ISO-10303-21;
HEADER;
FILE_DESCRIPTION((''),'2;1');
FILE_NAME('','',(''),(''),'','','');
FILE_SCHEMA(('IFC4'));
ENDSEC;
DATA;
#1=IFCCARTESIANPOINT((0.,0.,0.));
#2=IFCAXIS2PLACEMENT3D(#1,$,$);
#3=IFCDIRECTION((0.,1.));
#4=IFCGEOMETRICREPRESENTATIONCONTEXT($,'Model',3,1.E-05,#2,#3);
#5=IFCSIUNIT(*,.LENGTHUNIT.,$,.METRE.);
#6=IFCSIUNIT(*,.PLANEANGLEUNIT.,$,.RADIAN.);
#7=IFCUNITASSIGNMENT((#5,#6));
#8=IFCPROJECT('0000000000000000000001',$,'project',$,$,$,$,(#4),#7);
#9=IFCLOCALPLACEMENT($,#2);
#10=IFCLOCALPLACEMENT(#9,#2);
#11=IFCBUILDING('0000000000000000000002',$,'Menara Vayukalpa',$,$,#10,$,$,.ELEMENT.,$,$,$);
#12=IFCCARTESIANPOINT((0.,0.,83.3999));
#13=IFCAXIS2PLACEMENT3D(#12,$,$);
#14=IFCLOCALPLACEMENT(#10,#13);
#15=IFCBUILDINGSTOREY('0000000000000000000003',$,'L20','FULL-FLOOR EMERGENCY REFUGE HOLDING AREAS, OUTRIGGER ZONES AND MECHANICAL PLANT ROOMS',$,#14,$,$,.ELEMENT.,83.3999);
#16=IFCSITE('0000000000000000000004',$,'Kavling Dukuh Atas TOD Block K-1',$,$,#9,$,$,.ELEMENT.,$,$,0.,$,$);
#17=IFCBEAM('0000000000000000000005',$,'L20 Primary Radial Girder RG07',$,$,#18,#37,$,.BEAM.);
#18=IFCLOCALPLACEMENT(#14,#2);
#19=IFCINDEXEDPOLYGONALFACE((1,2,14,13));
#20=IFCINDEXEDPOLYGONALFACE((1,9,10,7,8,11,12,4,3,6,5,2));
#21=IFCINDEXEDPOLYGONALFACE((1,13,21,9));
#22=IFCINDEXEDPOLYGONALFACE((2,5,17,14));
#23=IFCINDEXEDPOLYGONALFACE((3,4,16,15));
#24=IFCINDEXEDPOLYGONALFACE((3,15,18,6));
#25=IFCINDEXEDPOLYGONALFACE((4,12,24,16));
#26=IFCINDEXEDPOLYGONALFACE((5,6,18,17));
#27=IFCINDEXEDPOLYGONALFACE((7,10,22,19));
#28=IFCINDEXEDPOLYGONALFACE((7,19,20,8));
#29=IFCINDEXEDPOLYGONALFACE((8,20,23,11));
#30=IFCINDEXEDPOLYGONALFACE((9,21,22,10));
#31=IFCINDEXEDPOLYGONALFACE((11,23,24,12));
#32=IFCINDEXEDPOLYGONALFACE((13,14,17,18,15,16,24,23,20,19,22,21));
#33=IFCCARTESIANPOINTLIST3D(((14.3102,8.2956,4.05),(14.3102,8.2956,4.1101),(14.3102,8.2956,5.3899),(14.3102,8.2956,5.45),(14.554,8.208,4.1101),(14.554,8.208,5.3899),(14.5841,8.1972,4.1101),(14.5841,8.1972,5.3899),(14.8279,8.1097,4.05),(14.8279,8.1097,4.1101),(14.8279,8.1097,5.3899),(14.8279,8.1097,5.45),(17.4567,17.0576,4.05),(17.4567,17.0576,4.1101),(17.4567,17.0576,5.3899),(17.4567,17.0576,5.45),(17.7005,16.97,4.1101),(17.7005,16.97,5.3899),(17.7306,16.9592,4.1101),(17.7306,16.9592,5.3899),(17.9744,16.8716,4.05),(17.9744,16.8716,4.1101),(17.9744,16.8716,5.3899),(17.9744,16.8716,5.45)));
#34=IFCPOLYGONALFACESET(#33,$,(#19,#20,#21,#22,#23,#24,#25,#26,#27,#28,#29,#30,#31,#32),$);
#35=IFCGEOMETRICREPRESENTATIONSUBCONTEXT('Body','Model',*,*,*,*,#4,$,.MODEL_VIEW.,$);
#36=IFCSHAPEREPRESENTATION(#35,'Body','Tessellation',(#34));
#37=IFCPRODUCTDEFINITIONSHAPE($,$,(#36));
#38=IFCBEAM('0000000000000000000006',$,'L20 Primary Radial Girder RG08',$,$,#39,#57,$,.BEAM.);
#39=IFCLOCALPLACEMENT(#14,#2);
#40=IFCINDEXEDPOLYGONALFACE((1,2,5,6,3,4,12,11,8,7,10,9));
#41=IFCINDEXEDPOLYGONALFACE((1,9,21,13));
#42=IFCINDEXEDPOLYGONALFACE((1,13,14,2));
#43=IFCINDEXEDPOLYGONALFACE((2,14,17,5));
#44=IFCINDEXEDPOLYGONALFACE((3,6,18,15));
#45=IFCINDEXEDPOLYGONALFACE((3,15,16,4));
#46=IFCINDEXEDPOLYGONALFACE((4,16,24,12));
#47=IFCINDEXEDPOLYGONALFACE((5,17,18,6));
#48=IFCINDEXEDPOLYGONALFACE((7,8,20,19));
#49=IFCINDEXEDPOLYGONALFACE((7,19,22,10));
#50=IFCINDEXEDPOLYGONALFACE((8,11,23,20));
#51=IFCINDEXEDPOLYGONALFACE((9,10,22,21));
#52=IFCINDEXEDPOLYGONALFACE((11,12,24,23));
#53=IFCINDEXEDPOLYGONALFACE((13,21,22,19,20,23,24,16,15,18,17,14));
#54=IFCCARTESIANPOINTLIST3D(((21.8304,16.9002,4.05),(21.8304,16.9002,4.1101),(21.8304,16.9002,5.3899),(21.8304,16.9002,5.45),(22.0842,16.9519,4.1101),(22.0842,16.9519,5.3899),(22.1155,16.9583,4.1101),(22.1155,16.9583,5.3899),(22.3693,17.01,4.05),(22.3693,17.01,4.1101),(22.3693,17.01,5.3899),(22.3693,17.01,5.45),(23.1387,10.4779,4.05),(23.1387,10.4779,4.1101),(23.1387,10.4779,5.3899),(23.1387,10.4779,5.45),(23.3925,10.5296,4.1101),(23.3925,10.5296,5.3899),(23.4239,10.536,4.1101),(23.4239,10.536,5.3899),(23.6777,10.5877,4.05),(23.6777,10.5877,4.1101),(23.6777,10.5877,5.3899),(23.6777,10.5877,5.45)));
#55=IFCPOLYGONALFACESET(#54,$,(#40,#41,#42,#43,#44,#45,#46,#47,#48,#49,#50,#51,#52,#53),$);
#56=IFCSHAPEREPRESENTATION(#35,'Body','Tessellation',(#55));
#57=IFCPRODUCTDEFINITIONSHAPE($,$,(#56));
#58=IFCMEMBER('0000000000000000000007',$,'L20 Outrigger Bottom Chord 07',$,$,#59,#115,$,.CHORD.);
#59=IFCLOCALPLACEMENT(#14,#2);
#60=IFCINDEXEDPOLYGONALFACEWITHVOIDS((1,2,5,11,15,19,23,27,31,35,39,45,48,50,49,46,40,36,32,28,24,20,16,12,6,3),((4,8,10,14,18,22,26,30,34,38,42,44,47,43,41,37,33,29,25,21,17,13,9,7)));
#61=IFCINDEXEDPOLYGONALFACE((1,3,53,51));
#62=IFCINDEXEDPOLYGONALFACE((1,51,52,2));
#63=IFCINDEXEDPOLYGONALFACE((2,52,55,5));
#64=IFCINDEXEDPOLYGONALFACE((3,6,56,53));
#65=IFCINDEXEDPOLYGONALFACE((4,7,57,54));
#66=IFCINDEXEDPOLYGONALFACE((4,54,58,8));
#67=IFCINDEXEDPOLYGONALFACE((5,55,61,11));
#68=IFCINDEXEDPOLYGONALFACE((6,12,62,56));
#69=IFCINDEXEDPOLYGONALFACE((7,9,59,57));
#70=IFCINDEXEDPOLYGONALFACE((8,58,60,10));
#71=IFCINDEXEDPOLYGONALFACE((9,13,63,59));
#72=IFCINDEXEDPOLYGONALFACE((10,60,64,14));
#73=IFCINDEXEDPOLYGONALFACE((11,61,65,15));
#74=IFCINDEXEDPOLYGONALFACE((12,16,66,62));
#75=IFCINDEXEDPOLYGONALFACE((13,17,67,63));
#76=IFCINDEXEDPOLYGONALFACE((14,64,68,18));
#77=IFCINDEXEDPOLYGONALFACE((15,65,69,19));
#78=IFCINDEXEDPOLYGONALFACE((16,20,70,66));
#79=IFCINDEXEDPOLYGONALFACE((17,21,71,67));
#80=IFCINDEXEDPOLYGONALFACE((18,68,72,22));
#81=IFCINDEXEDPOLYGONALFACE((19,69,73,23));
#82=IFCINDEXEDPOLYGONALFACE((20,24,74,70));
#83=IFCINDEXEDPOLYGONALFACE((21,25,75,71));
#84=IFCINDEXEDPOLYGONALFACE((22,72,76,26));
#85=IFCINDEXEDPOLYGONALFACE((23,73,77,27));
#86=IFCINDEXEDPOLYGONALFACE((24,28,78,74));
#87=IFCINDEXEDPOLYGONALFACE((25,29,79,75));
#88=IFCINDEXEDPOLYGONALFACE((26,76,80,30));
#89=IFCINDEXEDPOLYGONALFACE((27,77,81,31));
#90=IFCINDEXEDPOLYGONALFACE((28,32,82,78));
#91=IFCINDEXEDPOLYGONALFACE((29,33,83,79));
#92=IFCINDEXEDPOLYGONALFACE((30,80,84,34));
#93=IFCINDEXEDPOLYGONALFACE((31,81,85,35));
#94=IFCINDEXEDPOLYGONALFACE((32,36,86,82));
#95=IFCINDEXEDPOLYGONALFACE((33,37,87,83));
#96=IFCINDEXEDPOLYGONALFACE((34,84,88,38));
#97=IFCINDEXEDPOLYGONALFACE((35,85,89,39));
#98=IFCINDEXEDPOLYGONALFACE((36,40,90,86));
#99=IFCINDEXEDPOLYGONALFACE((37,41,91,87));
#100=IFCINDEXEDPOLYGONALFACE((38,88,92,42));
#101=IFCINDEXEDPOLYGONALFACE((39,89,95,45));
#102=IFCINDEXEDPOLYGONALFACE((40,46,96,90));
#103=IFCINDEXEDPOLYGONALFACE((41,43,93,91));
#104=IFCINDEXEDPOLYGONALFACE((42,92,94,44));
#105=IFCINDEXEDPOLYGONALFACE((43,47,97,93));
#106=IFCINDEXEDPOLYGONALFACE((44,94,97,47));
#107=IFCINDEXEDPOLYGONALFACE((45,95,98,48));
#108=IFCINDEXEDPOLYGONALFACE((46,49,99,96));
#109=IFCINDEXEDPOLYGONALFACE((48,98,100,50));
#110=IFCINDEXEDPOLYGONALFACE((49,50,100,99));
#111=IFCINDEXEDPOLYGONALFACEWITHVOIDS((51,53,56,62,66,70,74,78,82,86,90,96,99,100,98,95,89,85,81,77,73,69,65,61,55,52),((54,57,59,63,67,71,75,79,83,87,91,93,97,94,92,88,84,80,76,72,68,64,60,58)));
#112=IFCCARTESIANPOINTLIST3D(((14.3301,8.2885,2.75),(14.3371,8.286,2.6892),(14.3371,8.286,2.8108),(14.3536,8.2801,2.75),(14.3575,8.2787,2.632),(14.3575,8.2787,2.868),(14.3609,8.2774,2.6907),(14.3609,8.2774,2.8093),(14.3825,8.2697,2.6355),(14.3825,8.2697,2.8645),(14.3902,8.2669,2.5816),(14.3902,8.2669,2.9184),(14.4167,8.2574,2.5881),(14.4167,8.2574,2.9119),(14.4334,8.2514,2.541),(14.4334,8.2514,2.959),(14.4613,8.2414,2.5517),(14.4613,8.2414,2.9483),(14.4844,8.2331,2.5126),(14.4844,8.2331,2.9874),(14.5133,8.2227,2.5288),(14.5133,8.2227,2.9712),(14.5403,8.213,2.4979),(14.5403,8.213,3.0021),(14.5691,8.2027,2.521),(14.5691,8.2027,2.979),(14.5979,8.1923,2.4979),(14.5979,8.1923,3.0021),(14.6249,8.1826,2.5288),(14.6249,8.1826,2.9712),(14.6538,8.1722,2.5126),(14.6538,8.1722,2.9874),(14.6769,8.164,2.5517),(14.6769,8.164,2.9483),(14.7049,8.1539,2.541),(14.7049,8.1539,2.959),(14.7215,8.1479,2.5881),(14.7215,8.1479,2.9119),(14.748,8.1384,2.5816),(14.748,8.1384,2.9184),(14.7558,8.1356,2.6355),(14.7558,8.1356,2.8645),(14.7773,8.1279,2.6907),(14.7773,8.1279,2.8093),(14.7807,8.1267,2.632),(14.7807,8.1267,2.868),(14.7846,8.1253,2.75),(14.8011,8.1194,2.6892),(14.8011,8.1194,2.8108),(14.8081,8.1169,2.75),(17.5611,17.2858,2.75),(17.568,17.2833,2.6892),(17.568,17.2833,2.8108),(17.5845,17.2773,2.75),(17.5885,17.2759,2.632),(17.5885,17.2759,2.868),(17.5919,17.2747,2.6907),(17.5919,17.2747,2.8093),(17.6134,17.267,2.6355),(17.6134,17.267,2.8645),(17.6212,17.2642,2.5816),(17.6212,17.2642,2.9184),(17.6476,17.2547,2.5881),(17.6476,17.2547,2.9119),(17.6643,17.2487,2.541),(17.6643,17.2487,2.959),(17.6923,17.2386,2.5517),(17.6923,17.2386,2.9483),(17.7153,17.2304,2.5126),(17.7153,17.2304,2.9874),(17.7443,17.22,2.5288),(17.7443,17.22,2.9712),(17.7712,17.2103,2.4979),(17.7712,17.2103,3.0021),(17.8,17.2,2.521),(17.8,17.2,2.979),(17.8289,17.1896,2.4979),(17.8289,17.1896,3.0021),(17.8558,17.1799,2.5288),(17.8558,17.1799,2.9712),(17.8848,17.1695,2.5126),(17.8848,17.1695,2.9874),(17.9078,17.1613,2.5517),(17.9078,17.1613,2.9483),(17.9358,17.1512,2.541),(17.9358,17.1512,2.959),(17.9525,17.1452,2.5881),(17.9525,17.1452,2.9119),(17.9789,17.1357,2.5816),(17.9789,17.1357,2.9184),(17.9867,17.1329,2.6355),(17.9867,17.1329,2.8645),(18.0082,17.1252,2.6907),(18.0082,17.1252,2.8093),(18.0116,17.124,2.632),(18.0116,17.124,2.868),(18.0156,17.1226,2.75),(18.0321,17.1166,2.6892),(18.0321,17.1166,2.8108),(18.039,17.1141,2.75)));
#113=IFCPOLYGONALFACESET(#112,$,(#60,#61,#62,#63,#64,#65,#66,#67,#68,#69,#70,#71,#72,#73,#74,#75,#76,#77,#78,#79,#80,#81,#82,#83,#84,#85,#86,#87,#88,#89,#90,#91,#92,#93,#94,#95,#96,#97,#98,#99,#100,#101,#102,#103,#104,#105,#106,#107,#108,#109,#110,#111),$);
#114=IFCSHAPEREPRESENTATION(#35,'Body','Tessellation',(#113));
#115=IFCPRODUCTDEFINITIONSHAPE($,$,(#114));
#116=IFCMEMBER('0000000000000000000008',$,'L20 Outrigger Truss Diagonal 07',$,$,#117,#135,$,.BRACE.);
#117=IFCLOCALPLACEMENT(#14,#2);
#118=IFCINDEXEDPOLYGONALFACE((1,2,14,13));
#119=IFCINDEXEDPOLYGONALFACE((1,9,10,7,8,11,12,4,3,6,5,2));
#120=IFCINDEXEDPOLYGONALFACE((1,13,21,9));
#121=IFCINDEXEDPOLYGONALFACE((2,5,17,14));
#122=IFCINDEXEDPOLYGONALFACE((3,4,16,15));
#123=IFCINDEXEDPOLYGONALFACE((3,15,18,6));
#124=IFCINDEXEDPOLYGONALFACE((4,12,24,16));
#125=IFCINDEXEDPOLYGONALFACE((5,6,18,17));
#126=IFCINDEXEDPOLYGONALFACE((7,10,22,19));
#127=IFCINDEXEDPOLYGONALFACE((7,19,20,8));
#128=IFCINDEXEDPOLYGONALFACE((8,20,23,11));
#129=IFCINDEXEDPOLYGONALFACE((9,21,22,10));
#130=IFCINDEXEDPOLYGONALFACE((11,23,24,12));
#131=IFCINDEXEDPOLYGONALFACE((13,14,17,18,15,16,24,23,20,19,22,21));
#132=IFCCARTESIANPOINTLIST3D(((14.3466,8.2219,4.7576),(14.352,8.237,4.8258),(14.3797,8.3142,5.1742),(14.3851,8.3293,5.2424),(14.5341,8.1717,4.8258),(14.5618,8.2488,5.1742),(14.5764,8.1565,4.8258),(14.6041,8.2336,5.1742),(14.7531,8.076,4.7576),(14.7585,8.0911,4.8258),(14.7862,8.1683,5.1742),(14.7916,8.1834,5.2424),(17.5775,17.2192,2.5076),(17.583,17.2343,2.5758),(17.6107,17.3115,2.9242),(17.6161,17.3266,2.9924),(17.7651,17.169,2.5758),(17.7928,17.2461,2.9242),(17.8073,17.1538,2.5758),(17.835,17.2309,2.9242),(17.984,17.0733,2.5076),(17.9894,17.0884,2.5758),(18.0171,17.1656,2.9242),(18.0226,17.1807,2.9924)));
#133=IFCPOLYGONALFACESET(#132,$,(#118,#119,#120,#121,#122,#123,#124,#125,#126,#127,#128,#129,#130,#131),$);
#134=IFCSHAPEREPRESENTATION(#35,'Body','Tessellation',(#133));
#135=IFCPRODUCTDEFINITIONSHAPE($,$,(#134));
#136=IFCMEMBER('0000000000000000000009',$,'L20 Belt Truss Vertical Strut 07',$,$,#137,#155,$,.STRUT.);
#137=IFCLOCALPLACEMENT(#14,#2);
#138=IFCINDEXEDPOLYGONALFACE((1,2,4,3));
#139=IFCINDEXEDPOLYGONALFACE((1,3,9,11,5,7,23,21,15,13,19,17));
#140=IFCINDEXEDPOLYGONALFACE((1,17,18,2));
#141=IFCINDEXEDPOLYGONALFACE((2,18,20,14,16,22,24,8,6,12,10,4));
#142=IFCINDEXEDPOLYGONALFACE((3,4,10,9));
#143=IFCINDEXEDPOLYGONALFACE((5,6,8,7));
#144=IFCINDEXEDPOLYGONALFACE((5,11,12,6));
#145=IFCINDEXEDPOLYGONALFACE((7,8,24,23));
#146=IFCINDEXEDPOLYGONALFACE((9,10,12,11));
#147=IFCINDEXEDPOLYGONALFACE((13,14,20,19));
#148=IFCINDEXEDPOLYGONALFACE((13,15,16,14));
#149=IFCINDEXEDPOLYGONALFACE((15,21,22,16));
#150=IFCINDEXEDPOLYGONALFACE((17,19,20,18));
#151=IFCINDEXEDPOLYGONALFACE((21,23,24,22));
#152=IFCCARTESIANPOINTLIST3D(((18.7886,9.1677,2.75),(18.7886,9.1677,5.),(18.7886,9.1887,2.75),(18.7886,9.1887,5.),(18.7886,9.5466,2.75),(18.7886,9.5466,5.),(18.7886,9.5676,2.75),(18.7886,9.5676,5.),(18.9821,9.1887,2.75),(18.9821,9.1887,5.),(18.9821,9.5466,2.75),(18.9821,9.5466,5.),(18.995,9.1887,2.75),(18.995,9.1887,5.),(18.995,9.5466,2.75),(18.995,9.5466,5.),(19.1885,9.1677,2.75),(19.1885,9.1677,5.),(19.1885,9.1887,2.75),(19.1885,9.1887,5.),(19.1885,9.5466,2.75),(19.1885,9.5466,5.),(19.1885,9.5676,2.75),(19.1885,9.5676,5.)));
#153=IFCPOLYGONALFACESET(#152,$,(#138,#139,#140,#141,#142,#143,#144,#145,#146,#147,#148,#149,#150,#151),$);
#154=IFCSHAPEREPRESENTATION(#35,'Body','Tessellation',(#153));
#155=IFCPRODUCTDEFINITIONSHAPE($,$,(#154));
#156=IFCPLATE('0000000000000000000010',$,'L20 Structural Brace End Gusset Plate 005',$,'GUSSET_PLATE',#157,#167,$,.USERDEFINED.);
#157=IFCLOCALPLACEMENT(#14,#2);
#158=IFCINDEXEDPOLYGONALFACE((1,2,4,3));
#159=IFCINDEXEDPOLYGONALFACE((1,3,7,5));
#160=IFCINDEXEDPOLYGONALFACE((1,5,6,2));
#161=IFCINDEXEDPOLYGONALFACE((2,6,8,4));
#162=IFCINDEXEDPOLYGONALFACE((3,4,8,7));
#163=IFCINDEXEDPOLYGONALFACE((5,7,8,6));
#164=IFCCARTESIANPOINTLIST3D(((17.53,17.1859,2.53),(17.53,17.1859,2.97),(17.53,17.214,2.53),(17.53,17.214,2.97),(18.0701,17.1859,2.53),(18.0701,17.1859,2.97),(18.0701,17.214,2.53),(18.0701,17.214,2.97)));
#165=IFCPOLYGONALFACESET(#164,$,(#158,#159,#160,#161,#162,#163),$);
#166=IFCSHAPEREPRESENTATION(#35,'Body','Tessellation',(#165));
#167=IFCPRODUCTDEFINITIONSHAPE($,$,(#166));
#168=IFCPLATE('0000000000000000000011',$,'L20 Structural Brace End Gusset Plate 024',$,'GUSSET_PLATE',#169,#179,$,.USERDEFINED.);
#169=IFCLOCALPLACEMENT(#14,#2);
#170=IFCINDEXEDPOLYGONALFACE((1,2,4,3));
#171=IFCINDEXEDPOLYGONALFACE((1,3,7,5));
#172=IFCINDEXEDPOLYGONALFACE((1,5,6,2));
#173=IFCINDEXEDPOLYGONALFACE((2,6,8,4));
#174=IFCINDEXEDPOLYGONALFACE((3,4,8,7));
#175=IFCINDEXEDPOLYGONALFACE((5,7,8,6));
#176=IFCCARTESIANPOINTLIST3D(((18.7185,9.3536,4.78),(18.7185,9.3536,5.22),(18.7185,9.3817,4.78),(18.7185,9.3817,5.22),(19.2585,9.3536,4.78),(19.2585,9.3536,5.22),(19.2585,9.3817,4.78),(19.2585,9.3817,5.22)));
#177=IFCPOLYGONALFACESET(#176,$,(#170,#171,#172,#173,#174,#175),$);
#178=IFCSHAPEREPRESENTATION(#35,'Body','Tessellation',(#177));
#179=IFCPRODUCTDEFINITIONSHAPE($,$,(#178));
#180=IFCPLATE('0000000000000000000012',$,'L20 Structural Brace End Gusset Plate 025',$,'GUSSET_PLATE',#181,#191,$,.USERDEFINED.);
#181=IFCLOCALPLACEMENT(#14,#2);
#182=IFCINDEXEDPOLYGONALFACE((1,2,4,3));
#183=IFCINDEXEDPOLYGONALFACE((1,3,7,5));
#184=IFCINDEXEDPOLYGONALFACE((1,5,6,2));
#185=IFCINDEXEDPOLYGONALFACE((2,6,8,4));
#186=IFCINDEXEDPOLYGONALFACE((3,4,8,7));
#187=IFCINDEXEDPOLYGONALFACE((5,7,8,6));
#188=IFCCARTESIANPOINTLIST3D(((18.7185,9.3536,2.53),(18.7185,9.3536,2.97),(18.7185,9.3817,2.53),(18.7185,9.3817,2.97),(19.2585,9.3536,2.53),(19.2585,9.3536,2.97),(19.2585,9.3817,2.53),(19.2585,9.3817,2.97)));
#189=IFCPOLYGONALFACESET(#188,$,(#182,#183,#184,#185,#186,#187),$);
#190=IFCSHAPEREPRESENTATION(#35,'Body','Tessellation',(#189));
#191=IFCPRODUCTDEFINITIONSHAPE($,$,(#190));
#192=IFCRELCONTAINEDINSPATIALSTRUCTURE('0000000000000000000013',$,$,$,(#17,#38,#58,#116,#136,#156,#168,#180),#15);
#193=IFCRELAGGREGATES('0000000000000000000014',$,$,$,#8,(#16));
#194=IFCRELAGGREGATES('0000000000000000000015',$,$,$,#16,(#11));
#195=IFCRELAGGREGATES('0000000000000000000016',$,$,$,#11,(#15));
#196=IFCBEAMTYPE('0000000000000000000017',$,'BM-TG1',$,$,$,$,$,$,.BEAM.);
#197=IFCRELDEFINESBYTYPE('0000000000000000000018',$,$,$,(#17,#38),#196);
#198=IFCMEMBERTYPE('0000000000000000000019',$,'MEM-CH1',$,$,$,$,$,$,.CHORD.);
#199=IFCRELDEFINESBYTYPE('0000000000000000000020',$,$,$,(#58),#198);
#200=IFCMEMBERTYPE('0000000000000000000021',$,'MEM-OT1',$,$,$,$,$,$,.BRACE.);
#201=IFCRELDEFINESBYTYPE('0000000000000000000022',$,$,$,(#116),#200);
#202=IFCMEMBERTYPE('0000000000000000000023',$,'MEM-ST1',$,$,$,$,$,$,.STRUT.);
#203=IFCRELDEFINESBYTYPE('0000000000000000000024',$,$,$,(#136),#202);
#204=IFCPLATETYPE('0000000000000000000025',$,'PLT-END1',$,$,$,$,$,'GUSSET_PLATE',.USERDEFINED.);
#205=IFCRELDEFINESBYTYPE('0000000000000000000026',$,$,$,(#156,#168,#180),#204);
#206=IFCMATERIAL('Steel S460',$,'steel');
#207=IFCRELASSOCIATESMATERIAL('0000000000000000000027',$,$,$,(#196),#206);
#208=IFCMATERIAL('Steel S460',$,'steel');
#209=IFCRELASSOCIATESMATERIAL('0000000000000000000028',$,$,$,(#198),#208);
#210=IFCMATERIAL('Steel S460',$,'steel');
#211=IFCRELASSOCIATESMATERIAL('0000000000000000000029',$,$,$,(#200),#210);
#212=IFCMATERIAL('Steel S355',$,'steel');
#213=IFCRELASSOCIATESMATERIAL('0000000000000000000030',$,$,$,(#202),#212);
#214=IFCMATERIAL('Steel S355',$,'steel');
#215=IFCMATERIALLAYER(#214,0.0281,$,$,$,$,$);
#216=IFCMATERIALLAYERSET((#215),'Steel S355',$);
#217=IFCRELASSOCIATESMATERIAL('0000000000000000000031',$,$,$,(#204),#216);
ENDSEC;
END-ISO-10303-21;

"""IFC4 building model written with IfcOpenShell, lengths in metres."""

from ifc_helpers import new_model, si_unit, direction, frame, origin, origin_2d, place, context, subcontext, project, spatial, rectangle, hollow_circle, i_section, extrude, material, layer, layer_set, material_profile, profile_set, type_object, element, save


model = new_model("IFC4")

# Units and contexts
model_context = context("Model", 3, precision=1e-05, world=origin(), true_north=direction((0.0, 1.0)))
body_context = subcontext(model_context, "Body", "Model", "MODEL_VIEW")
ifc_project = project(units=[si_unit("LENGTHUNIT", "METRE"), si_unit("PLANEANGLEUNIT", "RADIAN")], contexts=[model_context])

# Site, building, storey
site_placement = place(None, origin())
site = spatial("IfcSite", under=ifc_project, at=site_placement, Name="Kavling Dukuh Atas TOD Block K-1", CompositionType="ELEMENT", RefElevation=0.0)
building_placement = place(site_placement, origin())
building = spatial("IfcBuilding", under=site, at=building_placement, Name="Menara Vayukalpa", CompositionType="ELEMENT")
storey_placement = place(building_placement, frame((0.0, 0.0, 83.3999)))
storey = spatial("IfcBuildingStorey", under=building, at=storey_placement, Name="L20", Description="FULL-FLOOR EMERGENCY REFUGE HOLDING AREAS, OUTRIGGER ZONES AND MECHANICAL PLANT ROOMS", CompositionType="ELEMENT", Elevation=83.3999)

# Beams
ifc_material_1 = material(Name="Steel S460", Category="steel")
ifc_material_profile_1 = material_profile(ifc_material_1, i_section(OverallWidth=0.55, OverallDepth=1.3999, WebThickness=0.032, FlangeThickness=0.0601, at=origin_2d()), Name="WG 1400x550x32x60")
ifc_profile_set_1 = profile_set([ifc_material_profile_1], Name="Steel S460")
beam_type_1 = type_object("IfcBeamType", Name="BM-TG1", PredefinedType="BEAM", material=ifc_profile_set_1)
beam_1_placement = place(storey_placement, frame((17.7156, 16.9646, 4.75), z_axis=(-0.337976, -0.941155, 0.0), x_axis=(0.941155, -0.337976, 0.0)))
element("IfcBeam", 1, at=beam_1_placement, inside=storey, type_object=beam_type_1, Name="L20 Primary Radial Girder RG07", PredefinedType="BEAM", context=body_context, shape_type="SweptSolid", body=[
    extrude(i_section(OverallWidth=0.55, OverallDepth=1.3999, WebThickness=0.032, FlangeThickness=0.0601, at=origin_2d()), origin(), (0.0, 0.0, 1.0), 9.3098),
])
beam_2_placement = place(storey_placement, frame((22.0999, 16.9551, 4.75), z_axis=(0.199618, -0.979874, 0.0), x_axis=(0.979874, 0.199618, 0.0)))
element("IfcBeam", 2, at=beam_2_placement, inside=storey, type_object=beam_type_1, Name="L20 Primary Radial Girder RG08", PredefinedType="BEAM", context=body_context, shape_type="SweptSolid", body=[
    extrude(i_section(OverallWidth=0.55, OverallDepth=1.3999, WebThickness=0.032, FlangeThickness=0.0601, at=origin_2d()), origin(), (0.0, 0.0, 1.0), 6.5542),
])

# Members
ifc_material_2 = material(Name="Steel S460", Category="steel")
ifc_material_profile_2 = material_profile(ifc_material_2, hollow_circle(Radius=0.2539, WallThickness=0.0249, at=origin_2d()), Name="CHS 508.0x25")
ifc_profile_set_2 = profile_set([ifc_material_profile_2], Name="Steel S460")
member_type_1 = type_object("IfcMemberType", Name="MEM-CH1", PredefinedType="CHORD", material=ifc_profile_set_2)
member_1_placement = place(storey_placement, frame((17.8, 17.2, 2.75), z_axis=(-0.337971, -0.941156, 0.0), x_axis=(0.941156, -0.337971, 0.0)))
element("IfcMember", 3, at=member_1_placement, inside=storey, type_object=member_type_1, Name="L20 Outrigger Bottom Chord 07", PredefinedType="CHORD", context=body_context, shape_type="SweptSolid", body=[
    extrude(hollow_circle(Radius=0.2539, WallThickness=0.0249, at=origin_2d()), origin(), (0.0, 0.0, 1.0), 9.5598),
])
ifc_material_3 = material(Name="Steel S460", Category="steel")
ifc_material_profile_3 = material_profile(ifc_material_3, i_section(OverallWidth=0.4319, OverallDepth=0.498, WebThickness=0.0449, FlangeThickness=0.0701, at=origin_2d()), Name="H 498x432x45x70")
ifc_profile_set_3 = profile_set([ifc_material_profile_3], Name="Steel S460")
member_type_2 = type_object("IfcMemberType", Name="MEM-OT1", PredefinedType="BRACE", material=ifc_profile_set_3)
member_2_placement = place(storey_placement, frame((17.8, 17.2, 2.75), z_axis=(-0.328982, -0.916124, 0.229099), x_axis=(0.941156, -0.337971, 0.0)))
element("IfcMember", 4, at=member_2_placement, inside=storey, type_object=member_type_2, Name="L20 Outrigger Truss Diagonal 07", PredefinedType="BRACE", context=body_context, shape_type="SweptSolid", body=[
    extrude(i_section(OverallWidth=0.4319, OverallDepth=0.498, WebThickness=0.0449, FlangeThickness=0.0701, at=origin_2d()), origin(), (0.0, 0.0, 1.0), 9.821),
])
ifc_material_4 = material(Name="Steel S355", Category="steel")
ifc_material_profile_4 = material_profile(ifc_material_4, i_section(OverallWidth=0.3999, OverallDepth=0.3999, WebThickness=0.0129, FlangeThickness=0.021, at=origin_2d()), Name="H 400x400x13x21")
ifc_profile_set_4 = profile_set([ifc_material_profile_4], Name="Steel S355")
member_type_3 = type_object("IfcMemberType", Name="MEM-ST1", PredefinedType="STRUT", material=ifc_profile_set_4)
member_3_placement = place(storey_placement, frame((18.9885, 9.3677, 2.75), z_axis=(0.0, 0.0, 1.0), x_axis=(1.0, 0.0, 0.0)))
element("IfcMember", 5, at=member_3_placement, inside=storey, type_object=member_type_3, Name="L20 Belt Truss Vertical Strut 07", PredefinedType="STRUT", context=body_context, shape_type="SweptSolid", body=[
    extrude(i_section(OverallWidth=0.3999, OverallDepth=0.3999, WebThickness=0.0129, FlangeThickness=0.021, at=origin_2d()), origin(), (0.0, 0.0, 1.0), 2.25),
])

# Plates
ifc_material_5 = material(Name="Steel S355", Category="steel")
ifc_layer_1 = layer(ifc_material_5, 0.0281)
ifc_layer_set_1 = layer_set([ifc_layer_1], Name="Steel S355")
plate_type = type_object("IfcPlateType", Name="PLT-END1", ElementType="GUSSET_PLATE", PredefinedType="USERDEFINED", material=ifc_layer_set_1)
for number, where, z_axis, x_axis, name in (
    (6, (17.8, 17.2, 2.53), (0.0, 0.0, 1.0), (1.0, 0.0, 0.0), "L20 Structural Brace End Gusset Plate 005"),
    (7, (18.9885, 9.3677, 4.78), (0.0, 0.0, 1.0), (1.0, 0.0, 0.0), "L20 Structural Brace End Gusset Plate 024"),
    (8, (18.9885, 9.3677, 2.53), (0.0, 0.0, 1.0), (1.0, 0.0, 0.0), "L20 Structural Brace End Gusset Plate 025"),
):
    element("IfcPlate", number, at=place(storey_placement, frame(where, z_axis=z_axis, x_axis=x_axis)), inside=storey, type_object=plate_type, Name=name, ObjectType="GUSSET_PLATE", PredefinedType="USERDEFINED", context=body_context, shape_type="SweptSolid", body=[
        extrude(rectangle(XDim=0.54, YDim=0.0281, at=origin_2d()), origin(), (0.0, 0.0, 1.0), 0.4399),
    ])

save(model, "model.ifc")
